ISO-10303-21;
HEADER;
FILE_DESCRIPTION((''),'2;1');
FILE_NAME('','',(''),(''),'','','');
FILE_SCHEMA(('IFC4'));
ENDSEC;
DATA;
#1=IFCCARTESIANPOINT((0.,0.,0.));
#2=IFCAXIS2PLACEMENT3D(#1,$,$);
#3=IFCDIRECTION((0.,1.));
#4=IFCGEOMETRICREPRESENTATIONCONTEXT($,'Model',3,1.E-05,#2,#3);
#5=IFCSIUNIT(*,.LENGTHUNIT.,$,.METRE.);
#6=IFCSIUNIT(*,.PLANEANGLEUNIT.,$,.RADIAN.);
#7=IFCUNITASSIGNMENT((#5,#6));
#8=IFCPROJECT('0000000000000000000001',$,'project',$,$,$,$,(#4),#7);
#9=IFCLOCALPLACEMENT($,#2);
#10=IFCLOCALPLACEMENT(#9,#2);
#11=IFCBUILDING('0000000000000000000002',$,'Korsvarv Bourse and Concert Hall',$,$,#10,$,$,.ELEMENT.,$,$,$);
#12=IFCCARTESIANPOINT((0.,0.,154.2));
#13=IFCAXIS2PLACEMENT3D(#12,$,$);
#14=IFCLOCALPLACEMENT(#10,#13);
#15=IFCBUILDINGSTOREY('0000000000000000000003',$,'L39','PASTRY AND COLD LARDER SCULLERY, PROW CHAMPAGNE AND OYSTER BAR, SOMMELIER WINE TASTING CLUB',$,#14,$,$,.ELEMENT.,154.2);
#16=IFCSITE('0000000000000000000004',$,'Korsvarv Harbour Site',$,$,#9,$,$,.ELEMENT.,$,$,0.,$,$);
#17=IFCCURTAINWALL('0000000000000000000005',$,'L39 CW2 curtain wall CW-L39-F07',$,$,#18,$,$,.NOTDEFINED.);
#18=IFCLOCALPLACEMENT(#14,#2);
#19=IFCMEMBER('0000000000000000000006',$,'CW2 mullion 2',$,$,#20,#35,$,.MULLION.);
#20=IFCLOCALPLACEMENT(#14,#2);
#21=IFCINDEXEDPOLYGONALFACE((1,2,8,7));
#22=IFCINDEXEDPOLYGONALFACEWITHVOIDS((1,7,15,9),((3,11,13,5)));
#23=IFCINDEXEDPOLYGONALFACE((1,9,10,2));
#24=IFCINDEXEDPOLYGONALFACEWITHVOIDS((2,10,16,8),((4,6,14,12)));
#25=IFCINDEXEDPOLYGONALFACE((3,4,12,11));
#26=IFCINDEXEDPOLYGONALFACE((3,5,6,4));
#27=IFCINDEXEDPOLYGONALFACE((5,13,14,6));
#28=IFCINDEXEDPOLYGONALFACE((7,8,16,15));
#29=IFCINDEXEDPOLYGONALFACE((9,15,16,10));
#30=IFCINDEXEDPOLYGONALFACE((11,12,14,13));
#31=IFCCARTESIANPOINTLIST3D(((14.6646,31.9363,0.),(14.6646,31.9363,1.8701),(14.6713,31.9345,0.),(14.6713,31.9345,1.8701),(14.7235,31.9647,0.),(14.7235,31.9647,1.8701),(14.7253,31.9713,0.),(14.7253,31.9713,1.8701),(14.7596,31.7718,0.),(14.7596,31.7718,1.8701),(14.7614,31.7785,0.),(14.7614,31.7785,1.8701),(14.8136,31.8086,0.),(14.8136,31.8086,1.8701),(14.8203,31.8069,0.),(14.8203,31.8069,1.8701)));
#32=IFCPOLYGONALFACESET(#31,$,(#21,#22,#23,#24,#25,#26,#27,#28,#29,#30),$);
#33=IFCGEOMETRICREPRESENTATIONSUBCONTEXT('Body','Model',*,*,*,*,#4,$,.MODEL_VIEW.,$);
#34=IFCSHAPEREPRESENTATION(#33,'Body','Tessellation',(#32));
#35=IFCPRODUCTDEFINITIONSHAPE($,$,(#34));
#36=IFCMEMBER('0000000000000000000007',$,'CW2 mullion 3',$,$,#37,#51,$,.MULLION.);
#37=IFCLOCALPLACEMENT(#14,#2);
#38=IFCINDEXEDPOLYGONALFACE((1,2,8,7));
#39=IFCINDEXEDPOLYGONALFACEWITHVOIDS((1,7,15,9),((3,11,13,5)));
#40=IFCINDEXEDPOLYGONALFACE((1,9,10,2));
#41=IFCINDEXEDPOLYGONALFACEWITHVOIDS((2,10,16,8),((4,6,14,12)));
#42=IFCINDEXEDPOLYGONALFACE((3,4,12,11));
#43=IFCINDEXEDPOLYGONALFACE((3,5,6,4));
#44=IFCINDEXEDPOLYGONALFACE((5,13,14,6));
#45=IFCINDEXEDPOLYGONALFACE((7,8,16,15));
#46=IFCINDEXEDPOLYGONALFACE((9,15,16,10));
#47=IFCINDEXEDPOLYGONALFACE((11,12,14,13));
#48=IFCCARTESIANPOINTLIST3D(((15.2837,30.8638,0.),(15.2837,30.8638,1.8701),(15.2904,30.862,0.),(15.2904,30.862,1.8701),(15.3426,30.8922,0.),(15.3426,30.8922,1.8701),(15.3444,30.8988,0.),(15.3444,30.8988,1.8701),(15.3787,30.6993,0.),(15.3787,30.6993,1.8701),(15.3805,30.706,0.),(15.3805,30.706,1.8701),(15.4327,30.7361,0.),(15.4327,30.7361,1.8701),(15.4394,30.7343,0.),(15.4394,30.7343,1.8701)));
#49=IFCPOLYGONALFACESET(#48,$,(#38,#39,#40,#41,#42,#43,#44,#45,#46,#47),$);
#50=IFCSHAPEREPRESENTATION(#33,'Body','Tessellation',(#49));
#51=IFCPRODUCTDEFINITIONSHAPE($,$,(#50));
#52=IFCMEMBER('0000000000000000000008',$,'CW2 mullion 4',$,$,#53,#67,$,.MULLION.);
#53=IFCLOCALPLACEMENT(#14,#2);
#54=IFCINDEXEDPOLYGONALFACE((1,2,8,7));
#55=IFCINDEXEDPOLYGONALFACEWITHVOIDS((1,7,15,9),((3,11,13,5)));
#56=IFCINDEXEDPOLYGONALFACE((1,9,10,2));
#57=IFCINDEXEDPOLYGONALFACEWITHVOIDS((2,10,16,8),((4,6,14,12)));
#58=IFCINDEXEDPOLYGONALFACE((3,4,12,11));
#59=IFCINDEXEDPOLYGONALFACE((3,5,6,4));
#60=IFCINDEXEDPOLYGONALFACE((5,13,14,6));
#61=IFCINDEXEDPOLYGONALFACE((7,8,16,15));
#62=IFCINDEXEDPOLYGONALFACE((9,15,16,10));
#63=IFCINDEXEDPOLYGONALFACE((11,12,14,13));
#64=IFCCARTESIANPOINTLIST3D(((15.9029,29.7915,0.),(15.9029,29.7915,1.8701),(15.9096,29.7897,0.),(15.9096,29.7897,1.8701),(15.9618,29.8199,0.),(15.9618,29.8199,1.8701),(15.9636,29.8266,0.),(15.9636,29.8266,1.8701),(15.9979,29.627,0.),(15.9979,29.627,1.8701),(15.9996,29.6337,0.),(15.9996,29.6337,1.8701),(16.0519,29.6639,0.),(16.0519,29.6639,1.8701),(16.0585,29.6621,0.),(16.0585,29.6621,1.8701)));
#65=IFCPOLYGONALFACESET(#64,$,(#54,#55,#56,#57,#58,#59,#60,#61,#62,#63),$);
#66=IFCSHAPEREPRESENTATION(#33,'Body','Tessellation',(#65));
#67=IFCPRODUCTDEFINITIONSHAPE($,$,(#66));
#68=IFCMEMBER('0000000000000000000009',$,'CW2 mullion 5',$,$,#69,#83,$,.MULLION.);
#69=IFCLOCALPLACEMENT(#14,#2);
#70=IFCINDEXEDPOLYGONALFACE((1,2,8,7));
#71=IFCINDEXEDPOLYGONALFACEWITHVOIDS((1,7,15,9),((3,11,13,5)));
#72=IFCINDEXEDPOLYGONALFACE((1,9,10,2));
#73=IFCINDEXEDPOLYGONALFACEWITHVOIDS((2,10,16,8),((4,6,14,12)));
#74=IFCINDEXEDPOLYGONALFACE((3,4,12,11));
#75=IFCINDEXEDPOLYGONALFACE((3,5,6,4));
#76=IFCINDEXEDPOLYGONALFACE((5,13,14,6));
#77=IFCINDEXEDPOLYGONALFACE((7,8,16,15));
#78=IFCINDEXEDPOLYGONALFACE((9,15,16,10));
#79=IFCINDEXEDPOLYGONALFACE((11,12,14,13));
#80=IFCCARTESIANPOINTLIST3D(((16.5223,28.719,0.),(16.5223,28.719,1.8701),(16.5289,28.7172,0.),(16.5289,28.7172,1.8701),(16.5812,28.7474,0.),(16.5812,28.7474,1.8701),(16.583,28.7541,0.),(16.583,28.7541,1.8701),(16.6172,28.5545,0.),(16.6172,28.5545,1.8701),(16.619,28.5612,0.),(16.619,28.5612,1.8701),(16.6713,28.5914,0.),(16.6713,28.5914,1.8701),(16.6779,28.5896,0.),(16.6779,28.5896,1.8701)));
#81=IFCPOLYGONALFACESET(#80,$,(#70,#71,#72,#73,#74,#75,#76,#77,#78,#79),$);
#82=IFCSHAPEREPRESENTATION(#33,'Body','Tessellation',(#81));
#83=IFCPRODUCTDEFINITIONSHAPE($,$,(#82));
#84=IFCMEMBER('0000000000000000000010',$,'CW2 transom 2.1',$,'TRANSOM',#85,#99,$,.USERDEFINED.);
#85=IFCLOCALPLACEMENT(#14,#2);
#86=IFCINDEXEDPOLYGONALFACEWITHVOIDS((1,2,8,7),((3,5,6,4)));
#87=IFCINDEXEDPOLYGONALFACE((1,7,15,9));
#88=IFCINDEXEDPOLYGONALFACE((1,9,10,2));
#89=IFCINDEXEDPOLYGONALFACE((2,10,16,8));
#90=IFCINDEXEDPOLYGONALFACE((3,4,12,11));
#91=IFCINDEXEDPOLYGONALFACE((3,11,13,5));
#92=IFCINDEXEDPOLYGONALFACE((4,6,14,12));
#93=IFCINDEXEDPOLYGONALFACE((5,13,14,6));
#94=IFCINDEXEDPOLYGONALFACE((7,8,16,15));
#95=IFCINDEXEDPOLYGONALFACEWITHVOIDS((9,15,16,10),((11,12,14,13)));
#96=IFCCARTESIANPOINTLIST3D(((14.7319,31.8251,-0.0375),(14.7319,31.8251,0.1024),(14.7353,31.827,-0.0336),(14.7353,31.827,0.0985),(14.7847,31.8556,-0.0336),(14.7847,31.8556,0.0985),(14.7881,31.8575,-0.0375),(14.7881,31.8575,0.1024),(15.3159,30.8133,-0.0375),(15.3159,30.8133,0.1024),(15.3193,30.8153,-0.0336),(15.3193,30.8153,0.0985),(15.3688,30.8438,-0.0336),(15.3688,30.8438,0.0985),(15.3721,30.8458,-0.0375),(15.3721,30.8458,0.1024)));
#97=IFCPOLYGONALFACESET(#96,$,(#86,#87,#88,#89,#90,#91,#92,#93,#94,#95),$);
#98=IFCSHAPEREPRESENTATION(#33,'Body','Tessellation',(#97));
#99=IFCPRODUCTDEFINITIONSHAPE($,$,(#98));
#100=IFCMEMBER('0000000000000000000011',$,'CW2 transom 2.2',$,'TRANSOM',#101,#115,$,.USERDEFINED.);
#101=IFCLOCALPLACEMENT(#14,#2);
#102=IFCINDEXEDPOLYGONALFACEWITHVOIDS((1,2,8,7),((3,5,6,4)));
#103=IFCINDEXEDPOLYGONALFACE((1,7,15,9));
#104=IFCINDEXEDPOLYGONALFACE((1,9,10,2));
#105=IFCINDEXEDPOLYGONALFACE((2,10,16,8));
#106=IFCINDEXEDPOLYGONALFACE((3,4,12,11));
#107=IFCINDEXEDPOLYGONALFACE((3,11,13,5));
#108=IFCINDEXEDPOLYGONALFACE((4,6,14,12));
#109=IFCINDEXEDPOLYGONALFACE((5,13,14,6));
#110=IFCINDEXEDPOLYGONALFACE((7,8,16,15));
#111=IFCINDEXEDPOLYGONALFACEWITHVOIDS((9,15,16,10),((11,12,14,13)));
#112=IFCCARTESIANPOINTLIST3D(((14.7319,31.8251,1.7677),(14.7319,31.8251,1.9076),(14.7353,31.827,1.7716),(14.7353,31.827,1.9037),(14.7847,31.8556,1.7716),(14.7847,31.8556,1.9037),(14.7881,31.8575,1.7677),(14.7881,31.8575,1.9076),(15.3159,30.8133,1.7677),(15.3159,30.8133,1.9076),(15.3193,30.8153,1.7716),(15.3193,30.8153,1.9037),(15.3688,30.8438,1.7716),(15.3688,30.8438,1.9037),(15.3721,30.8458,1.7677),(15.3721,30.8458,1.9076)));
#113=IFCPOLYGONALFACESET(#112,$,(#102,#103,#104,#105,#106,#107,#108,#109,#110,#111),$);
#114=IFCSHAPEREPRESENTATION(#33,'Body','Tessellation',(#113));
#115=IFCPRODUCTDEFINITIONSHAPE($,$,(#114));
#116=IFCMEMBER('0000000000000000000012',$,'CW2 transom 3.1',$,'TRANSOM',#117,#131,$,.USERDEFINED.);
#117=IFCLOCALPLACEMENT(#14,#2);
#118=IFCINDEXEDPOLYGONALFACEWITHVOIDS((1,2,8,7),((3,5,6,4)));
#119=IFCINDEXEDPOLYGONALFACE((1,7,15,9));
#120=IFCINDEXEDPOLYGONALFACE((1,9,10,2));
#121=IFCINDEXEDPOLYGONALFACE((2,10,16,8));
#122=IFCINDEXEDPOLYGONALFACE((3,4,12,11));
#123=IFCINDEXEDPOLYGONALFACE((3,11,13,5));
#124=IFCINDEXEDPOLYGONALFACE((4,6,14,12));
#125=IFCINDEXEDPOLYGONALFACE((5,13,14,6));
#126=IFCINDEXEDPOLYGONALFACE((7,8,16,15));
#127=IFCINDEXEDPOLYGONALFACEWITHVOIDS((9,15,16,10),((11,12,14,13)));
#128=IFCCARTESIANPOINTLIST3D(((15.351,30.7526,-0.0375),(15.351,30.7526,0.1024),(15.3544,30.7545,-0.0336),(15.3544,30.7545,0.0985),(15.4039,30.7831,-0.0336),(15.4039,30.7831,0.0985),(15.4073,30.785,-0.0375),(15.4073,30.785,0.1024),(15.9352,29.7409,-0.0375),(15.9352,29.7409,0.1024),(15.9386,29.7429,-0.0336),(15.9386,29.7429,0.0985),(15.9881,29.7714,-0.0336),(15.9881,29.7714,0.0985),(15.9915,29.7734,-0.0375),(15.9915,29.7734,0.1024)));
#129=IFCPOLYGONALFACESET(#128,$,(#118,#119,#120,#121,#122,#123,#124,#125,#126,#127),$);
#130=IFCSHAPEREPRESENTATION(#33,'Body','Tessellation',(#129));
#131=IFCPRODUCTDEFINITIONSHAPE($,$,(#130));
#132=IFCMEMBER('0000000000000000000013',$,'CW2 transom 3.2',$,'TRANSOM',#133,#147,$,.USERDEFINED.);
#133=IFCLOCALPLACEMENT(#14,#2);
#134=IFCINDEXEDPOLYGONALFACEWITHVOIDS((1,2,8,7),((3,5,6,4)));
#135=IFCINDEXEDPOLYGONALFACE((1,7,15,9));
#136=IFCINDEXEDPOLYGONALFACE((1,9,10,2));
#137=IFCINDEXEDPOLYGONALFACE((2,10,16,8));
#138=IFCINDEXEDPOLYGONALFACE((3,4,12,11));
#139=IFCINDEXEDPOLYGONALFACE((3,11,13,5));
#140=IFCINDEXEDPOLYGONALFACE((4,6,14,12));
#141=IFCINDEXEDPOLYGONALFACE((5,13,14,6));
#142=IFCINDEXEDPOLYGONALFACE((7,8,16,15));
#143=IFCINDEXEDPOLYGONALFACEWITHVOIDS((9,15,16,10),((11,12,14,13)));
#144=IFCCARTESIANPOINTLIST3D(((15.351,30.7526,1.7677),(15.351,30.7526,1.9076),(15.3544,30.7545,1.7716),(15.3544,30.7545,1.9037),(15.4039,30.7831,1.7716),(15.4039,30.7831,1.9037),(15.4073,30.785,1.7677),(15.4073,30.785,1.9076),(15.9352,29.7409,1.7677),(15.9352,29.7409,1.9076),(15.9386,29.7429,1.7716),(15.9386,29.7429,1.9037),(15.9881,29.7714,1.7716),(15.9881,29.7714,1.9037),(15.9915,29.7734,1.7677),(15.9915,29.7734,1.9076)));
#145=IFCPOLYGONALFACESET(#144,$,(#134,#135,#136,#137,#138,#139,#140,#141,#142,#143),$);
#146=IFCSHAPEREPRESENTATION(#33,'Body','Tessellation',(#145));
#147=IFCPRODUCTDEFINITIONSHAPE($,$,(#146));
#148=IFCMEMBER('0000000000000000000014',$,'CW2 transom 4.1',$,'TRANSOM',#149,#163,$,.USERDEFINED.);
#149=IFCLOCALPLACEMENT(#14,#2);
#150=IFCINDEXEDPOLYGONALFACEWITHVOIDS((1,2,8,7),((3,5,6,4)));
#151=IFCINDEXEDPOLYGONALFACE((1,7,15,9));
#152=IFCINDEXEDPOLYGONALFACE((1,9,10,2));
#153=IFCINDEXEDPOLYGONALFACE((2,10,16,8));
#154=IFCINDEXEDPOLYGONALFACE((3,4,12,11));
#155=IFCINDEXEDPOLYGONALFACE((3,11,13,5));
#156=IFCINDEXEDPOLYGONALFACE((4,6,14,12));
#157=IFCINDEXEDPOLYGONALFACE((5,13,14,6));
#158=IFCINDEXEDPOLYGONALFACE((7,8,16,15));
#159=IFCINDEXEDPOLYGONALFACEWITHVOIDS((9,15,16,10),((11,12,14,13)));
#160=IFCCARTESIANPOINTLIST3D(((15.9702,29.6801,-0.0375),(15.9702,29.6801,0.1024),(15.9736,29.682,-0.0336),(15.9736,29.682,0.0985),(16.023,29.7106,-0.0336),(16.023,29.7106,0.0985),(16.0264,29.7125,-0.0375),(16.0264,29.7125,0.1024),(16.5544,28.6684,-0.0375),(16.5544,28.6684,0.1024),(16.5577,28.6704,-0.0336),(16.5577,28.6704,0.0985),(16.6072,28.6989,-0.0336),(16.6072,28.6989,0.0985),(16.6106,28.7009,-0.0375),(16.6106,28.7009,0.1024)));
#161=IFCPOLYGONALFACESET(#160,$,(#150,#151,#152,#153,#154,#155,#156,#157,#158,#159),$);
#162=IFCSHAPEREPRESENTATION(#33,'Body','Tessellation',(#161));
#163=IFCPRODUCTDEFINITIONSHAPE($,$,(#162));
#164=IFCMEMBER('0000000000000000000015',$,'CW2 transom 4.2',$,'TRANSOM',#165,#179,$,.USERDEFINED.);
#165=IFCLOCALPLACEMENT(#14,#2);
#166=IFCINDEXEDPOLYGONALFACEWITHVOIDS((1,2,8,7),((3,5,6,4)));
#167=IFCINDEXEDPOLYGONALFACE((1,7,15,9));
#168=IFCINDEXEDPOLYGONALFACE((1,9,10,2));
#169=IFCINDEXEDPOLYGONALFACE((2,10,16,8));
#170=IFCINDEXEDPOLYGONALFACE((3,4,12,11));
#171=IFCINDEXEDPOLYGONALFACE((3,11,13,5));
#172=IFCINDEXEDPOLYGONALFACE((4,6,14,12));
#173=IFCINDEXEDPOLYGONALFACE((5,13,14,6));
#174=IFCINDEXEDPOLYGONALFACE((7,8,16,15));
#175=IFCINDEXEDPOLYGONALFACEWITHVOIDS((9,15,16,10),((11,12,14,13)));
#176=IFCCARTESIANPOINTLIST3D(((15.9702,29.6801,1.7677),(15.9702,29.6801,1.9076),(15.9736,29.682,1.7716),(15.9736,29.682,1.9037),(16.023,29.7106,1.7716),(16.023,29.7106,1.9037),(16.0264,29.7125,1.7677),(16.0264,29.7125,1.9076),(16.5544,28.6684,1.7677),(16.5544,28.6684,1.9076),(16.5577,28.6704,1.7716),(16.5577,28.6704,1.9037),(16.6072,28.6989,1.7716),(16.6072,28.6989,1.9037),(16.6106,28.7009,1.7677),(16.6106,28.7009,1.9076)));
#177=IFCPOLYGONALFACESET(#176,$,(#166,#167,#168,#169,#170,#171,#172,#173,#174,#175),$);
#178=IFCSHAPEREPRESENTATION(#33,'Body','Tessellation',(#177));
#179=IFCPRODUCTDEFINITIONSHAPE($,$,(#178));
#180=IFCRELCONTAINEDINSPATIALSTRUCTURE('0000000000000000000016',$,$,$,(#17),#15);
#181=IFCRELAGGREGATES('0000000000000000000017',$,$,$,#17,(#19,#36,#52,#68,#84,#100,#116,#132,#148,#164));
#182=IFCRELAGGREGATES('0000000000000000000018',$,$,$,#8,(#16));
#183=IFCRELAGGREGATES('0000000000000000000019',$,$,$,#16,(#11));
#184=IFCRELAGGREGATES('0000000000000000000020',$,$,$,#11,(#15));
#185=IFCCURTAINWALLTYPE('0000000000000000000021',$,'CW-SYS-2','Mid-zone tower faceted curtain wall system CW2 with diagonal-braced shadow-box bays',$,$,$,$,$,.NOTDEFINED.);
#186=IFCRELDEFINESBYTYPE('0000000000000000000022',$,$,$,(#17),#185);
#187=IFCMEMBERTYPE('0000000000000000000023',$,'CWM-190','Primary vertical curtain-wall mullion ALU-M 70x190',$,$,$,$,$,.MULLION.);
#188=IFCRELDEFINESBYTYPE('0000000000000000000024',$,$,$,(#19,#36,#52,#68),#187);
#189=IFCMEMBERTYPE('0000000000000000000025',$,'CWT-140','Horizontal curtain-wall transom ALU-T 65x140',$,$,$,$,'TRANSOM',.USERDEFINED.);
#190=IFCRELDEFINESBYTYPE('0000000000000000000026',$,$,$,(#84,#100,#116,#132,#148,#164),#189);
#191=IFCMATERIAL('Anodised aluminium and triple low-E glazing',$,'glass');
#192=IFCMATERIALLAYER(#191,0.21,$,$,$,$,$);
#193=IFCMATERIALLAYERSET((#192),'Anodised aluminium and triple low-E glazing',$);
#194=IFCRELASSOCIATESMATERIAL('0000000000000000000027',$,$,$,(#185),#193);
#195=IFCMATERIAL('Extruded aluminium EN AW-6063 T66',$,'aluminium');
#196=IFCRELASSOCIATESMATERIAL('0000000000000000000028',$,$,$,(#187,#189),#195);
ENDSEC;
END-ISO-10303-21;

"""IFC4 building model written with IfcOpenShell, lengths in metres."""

from ifc_helpers import new_model, si_unit, direction, frame, origin, origin_2d, place, context, subcontext, project, spatial, hollow_rectangle, extrude, source, transform, mapped, material, layer, layer_set, material_profile, profile_set, type_object, element, aggregate, save


model = new_model("IFC4")

# Units and contexts
model_context = context("Model", 3, precision=1e-05, world=origin(), true_north=direction((0.0, 1.0)))
body_context = subcontext(model_context, "Body", "Model", "MODEL_VIEW")
ifc_project = project(units=[si_unit("LENGTHUNIT", "METRE"), si_unit("PLANEANGLEUNIT", "RADIAN")], contexts=[model_context])

# Site, building, storey
site_placement = place(None, origin())
site = spatial("IfcSite", under=ifc_project, at=site_placement, Name="Korsvarv Harbour Site", CompositionType="ELEMENT", RefElevation=0.0)
building_placement = place(site_placement, origin())
building = spatial("IfcBuilding", under=site, at=building_placement, Name="Korsvarv Bourse and Concert Hall", CompositionType="ELEMENT")
storey_placement = place(building_placement, frame((0.0, 0.0, 154.2)))
storey = spatial("IfcBuildingStorey", under=building, at=storey_placement, Name="L39", Description="PASTRY AND COLD LARDER SCULLERY, PROW CHAMPAGNE AND OYSTER BAR, SOMMELIER WINE TASTING CLUB", CompositionType="ELEMENT", Elevation=154.2)

# Curtain wall, members
ifc_material_1 = material(Name="Anodised aluminium and triple low-E glazing", Category="glass")
ifc_layer_1 = layer(ifc_material_1, 0.21)
ifc_layer_set_1 = layer_set([ifc_layer_1], Name="Anodised aluminium and triple low-E glazing")
curtain_wall_type = type_object("IfcCurtainWallType", Name="CW-SYS-2", Description="Mid-zone tower faceted curtain wall system CW2 with diagonal-braced shadow-box bays", PredefinedType="NOTDEFINED", material=ifc_layer_set_1)
curtain_wall_placement = place(storey_placement, origin())
curtain_wall = element("IfcCurtainWall", 1, at=curtain_wall_placement, inside=storey, type_object=curtain_wall_type, Name="L39 CW2 curtain wall CW-L39-F07", PredefinedType="NOTDEFINED")
ifc_material_2 = material(Name="Extruded aluminium EN AW-6063 T66", Category="aluminium")
ifc_material_profile_1 = material_profile(ifc_material_2, hollow_rectangle(XDim=0.0701, YDim=0.1899, WallThickness=0.0049, at=origin_2d()), Name="ALU-M 70x190")
ifc_profile_set_1 = profile_set([ifc_material_profile_1], Name="Extruded aluminium EN AW-6063 T66")
member_type_1 = type_object("IfcMemberType", Name="CWM-190", Description="Primary vertical curtain-wall mullion ALU-M 70x190", PredefinedType="MULLION", material=ifc_profile_set_1)
shared_shape_1 = source(origin(), body_context, "Body", "SweptSolid", [
    extrude(hollow_rectangle(XDim=0.0701, YDim=0.1899, WallThickness=0.0049, at=origin_2d()), origin(), (0.0, 0.0, 1.0), 1.8701),
])
member_1_placement = place(storey_placement, frame((14.7424, 31.8716, 0.0), z_axis=(0.0, 0.0, 1.0), x_axis=(0.866022, 0.500006, 0.0)))
member_1 = element("IfcMember", 2, at=member_1_placement, type_object=member_type_1, Name="CW2 mullion 2", PredefinedType="MULLION", context=body_context, shape_type="MappedRepresentation", body=[
    mapped(shared_shape_1, transform((0.0, 0.0, 0.0), scale=1.0)),
])
member_2_placement = place(storey_placement, frame((15.3616, 30.7991, 0.0), z_axis=(0.0, 0.0, 1.0), x_axis=(0.866022, 0.500006, 0.0)))
member_2 = element("IfcMember", 3, at=member_2_placement, type_object=member_type_1, Name="CW2 mullion 3", PredefinedType="MULLION", context=body_context, shape_type="MappedRepresentation", body=[
    mapped(shared_shape_1, transform((0.0, 0.0, 0.0), scale=1.0)),
])
member_3_placement = place(storey_placement, frame((15.9807, 29.7268, 0.0), z_axis=(0.0, 0.0, 1.0), x_axis=(0.866022, 0.500006, 0.0)))
member_3 = element("IfcMember", 4, at=member_3_placement, type_object=member_type_1, Name="CW2 mullion 4", PredefinedType="MULLION", context=body_context, shape_type="MappedRepresentation", body=[
    mapped(shared_shape_1, transform((0.0, 0.0, 0.0), scale=1.0)),
])
member_4_placement = place(storey_placement, frame((16.6001, 28.6543, 0.0), z_axis=(0.0, 0.0, 1.0), x_axis=(0.866022, 0.500006, 0.0)))
member_4 = element("IfcMember", 5, at=member_4_placement, type_object=member_type_1, Name="CW2 mullion 5", PredefinedType="MULLION", context=body_context, shape_type="MappedRepresentation", body=[
    mapped(shared_shape_1, transform((0.0, 0.0, 0.0), scale=1.0)),
])
ifc_material_profile_2 = material_profile(ifc_material_2, hollow_rectangle(XDim=0.0649, YDim=0.1399, WallThickness=0.0039, at=origin_2d()), Name="ALU-T 65x140")
ifc_profile_set_2 = profile_set([ifc_material_profile_2], Name="Extruded aluminium EN AW-6063 T66")
member_type_2 = type_object("IfcMemberType", Name="CWT-140", Description="Horizontal curtain-wall transom ALU-T 65x140", ElementType="TRANSOM", PredefinedType="USERDEFINED", material=ifc_profile_set_2)
shared_shape_2 = source(origin(), body_context, "Body", "SweptSolid", [
    extrude(hollow_rectangle(XDim=0.0649, YDim=0.1399, WallThickness=0.0039, at=origin_2d()), origin(), (0.0, 0.0, 1.0), 1.1682),
])
member_5_placement = place(storey_placement, frame((14.76, 31.8413, 0.0325), z_axis=(0.499915, -0.866074, 0.0), x_axis=(0.866074, 0.499915, 0.0)))
member_5 = element("IfcMember", 6, at=member_5_placement, type_object=member_type_2, Name="CW2 transom 2.1", ObjectType="TRANSOM", PredefinedType="USERDEFINED", context=body_context, shape_type="MappedRepresentation", body=[
    mapped(shared_shape_2, transform((0.0, 0.0, 0.0), scale=1.0)),
])
member_6_placement = place(storey_placement, frame((14.76, 31.8413, 1.8376), z_axis=(0.499915, -0.866074, 0.0), x_axis=(0.866074, 0.499915, 0.0)))
member_6 = element("IfcMember", 7, at=member_6_placement, type_object=member_type_2, Name="CW2 transom 2.2", ObjectType="TRANSOM", PredefinedType="USERDEFINED", context=body_context, shape_type="MappedRepresentation", body=[
    mapped(shared_shape_2, transform((0.0, 0.0, 0.0), scale=1.0)),
])
member_7_placement = place(storey_placement, frame((15.3792, 30.7688, 0.0325), z_axis=(0.500072, -0.865984, 0.0), x_axis=(0.865984, 0.500072, 0.0)))
member_7 = element("IfcMember", 8, at=member_7_placement, type_object=member_type_2, Name="CW2 transom 3.1", ObjectType="TRANSOM", PredefinedType="USERDEFINED", context=body_context, shape_type="MappedRepresentation", body=[
    mapped(shared_shape_2, transform((0.0, 0.0, 0.0), scale=1.0)),
])
member_8_placement = place(storey_placement, frame((15.3792, 30.7688, 1.8376), z_axis=(0.500072, -0.865984, 0.0), x_axis=(0.865984, 0.500072, 0.0)))
member_8 = element("IfcMember", 9, at=member_8_placement, type_object=member_type_2, Name="CW2 transom 3.2", ObjectType="TRANSOM", PredefinedType="USERDEFINED", context=body_context, shape_type="MappedRepresentation", body=[
    mapped(shared_shape_2, transform((0.0, 0.0, 0.0), scale=1.0)),
])
member_9_placement = place(storey_placement, frame((15.9983, 29.6963, 0.0325), z_axis=(0.500072, -0.865984, 0.0), x_axis=(0.865984, 0.500072, 0.0)))
member_9 = element("IfcMember", 10, at=member_9_placement, type_object=member_type_2, Name="CW2 transom 4.1", ObjectType="TRANSOM", PredefinedType="USERDEFINED", context=body_context, shape_type="MappedRepresentation", body=[
    mapped(shared_shape_2, transform((0.0, 0.0, 0.0), scale=1.0)),
])
member_10_placement = place(storey_placement, frame((15.9983, 29.6963, 1.8376), z_axis=(0.500072, -0.865984, 0.0), x_axis=(0.865984, 0.500072, 0.0)))
member_10 = element("IfcMember", 11, at=member_10_placement, type_object=member_type_2, Name="CW2 transom 4.2", ObjectType="TRANSOM", PredefinedType="USERDEFINED", context=body_context, shape_type="MappedRepresentation", body=[
    mapped(shared_shape_2, transform((0.0, 0.0, 0.0), scale=1.0)),
])
aggregate(curtain_wall, [member_1, member_2, member_3, member_4, member_5, member_6, member_7, member_8, member_9, member_10])

save(model, "model.ifc")
